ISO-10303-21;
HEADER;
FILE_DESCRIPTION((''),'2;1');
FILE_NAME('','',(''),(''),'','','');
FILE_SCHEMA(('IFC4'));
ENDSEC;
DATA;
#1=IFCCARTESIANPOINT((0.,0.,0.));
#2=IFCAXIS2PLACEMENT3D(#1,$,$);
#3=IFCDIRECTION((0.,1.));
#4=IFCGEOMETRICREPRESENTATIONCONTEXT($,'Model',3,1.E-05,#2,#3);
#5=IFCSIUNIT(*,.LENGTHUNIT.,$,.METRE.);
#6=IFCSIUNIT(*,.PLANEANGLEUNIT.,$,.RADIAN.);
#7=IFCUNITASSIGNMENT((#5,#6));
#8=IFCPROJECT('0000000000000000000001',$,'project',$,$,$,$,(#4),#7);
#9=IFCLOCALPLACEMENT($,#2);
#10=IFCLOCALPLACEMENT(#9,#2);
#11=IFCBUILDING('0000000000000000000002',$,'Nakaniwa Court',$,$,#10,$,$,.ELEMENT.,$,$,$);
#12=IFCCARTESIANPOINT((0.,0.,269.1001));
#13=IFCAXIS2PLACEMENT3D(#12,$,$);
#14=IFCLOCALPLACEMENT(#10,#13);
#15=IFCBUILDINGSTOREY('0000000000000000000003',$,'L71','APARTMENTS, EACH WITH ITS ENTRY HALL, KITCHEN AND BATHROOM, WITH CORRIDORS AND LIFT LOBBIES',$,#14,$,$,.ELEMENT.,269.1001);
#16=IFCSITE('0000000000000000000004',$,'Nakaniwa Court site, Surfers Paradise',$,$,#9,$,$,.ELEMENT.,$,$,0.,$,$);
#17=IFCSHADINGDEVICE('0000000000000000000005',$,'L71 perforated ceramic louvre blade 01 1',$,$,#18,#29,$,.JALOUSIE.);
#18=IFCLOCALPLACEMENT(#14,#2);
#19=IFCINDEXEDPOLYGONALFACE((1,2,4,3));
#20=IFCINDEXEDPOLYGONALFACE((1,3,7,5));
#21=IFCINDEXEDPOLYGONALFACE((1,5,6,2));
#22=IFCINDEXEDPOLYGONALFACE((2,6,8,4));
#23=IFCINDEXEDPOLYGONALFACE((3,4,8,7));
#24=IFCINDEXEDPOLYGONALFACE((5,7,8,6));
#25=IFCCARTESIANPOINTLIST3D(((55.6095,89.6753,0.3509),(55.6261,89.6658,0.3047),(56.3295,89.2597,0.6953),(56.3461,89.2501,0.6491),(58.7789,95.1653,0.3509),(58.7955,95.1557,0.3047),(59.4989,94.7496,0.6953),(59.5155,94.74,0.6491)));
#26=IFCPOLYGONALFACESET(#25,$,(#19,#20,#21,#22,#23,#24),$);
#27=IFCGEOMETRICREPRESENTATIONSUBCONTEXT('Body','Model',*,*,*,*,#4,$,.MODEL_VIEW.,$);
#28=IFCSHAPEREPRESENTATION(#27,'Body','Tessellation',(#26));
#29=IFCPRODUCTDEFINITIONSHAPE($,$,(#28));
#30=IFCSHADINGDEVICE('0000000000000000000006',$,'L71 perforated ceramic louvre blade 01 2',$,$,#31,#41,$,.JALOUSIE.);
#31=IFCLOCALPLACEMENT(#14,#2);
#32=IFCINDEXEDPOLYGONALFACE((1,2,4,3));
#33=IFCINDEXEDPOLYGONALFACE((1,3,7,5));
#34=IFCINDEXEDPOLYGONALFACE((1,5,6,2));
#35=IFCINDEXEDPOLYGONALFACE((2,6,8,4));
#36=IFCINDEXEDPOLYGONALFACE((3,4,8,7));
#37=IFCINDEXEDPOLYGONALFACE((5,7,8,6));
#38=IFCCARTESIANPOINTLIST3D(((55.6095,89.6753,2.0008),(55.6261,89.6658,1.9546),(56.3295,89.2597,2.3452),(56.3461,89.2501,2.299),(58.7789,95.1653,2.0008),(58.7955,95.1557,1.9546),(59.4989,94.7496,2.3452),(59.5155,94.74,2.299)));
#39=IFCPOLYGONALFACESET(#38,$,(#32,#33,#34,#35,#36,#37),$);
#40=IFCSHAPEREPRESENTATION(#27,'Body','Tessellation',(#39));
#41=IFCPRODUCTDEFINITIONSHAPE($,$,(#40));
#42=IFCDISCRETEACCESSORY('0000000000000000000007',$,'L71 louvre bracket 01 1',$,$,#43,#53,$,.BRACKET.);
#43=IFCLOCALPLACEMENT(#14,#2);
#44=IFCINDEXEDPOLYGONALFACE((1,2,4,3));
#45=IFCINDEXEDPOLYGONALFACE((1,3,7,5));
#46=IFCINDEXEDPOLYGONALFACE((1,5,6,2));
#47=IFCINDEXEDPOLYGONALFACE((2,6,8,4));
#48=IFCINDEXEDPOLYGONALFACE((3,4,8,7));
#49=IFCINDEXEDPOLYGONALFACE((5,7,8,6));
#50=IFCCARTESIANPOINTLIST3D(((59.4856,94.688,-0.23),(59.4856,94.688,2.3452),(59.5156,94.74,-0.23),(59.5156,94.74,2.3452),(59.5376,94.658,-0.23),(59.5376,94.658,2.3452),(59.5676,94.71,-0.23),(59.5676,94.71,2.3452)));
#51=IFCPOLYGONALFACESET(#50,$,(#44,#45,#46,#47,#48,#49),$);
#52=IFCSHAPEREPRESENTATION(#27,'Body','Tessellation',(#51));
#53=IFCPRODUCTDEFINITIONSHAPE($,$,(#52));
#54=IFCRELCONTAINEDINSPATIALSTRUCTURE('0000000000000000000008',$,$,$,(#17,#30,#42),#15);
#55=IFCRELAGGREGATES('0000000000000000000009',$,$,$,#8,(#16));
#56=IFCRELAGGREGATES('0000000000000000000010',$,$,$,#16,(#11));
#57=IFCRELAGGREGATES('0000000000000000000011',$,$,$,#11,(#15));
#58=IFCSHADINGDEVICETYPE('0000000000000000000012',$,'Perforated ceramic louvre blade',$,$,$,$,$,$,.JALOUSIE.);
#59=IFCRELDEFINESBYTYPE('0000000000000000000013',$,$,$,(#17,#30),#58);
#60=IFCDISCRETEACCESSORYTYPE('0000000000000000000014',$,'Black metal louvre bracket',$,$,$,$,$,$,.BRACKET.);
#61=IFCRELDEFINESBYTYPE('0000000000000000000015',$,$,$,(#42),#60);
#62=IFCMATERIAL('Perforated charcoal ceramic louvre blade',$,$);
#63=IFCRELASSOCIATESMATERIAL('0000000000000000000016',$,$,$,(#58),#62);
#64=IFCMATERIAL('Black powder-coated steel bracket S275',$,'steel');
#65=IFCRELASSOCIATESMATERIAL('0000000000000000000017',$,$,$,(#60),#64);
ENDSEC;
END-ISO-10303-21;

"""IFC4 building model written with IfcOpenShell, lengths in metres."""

from ifc_helpers import new_model, si_unit, direction, frame, origin, origin_2d, place, context, subcontext, project, spatial, rectangle, extrude, material, material_profile, profile_set, type_object, element, save


model = new_model("IFC4")

# Units and contexts
model_context = context("Model", 3, precision=1e-05, world=origin(), true_north=direction((0.0, 1.0)))
body_context = subcontext(model_context, "Body", "Model", "MODEL_VIEW")
ifc_project = project(units=[si_unit("LENGTHUNIT", "METRE"), si_unit("PLANEANGLEUNIT", "RADIAN")], contexts=[model_context])

# Site, building, storey
site_placement = place(None, origin())
site = spatial("IfcSite", under=ifc_project, at=site_placement, Name="Nakaniwa Court site, Surfers Paradise", CompositionType="ELEMENT", RefElevation=0.0)
building_placement = place(site_placement, origin())
building = spatial("IfcBuilding", under=site, at=building_placement, Name="Nakaniwa Court", CompositionType="ELEMENT")
storey_placement = place(building_placement, frame((0.0, 0.0, 269.1001)))
storey = spatial("IfcBuildingStorey", under=building, at=storey_placement, Name="L71", Description="APARTMENTS, EACH WITH ITS ENTRY HALL, KITCHEN AND BATHROOM, WITH CORRIDORS AND LIFT LOBBIES", CompositionType="ELEMENT", Elevation=269.1001)

# Shading devices
ifc_material_1 = material(Name="Perforated charcoal ceramic louvre blade")
ifc_material_profile_1 = material_profile(ifc_material_1, rectangle(XDim=0.8999, YDim=0.05, at=origin_2d()), Name="Perforated ceramic louvre blade")
ifc_profile_set_1 = profile_set([ifc_material_profile_1], Name="Perforated charcoal ceramic louvre blade")
shading_device_type_1 = type_object("IfcShadingDeviceType", Name="Perforated ceramic louvre blade", PredefinedType="JALOUSIE", material=ifc_profile_set_1)
for number, where, z_axis, x_axis, name in (
    (1, (59.1472, 94.9526, 0.5), (-0.499975, -0.86604, 0.0), (0.800117, -0.461916, 0.382683), "L71 perforated ceramic louvre blade 01 1"),
    (2, (59.1472, 94.9526, 2.1499), (-0.499975, -0.86604, 0.0), (0.800117, -0.461916, 0.382683), "L71 perforated ceramic louvre blade 01 2"),
):
    element("IfcShadingDevice", number, at=place(storey_placement, frame(where, z_axis=z_axis, x_axis=x_axis)), inside=storey, type_object=shading_device_type_1, Name=name, PredefinedType="JALOUSIE", context=body_context, shape_type="SweptSolid", body=[
        extrude(rectangle(XDim=0.8999, YDim=0.05, at=origin_2d()), origin(), (0.0, 0.0, 1.0), 6.3391),
    ])

# Discrete accessory
ifc_material_2 = material(Name="Black powder-coated steel bracket S275", Category="steel")
discrete_accessory_type = type_object("IfcDiscreteAccessoryType", Name="Black metal louvre bracket", PredefinedType="BRACKET", material=ifc_material_2)
discrete_accessory_placement = place(storey_placement, frame((59.5266, 94.699, -0.23), z_axis=(0.0, 0.0, 1.0), x_axis=(-0.499986, -0.866033, 0.0)))
element("IfcDiscreteAccessory", 3, at=discrete_accessory_placement, inside=storey, type_object=discrete_accessory_type, Name="L71 louvre bracket 01 1", PredefinedType="BRACKET", context=body_context, shape_type="SweptSolid", body=[
    extrude(rectangle(XDim=0.0601, YDim=0.0601, at=origin_2d()), origin(), (0.0, 0.0, 1.0), 2.5752),
])

save(model, "model.ifc")
